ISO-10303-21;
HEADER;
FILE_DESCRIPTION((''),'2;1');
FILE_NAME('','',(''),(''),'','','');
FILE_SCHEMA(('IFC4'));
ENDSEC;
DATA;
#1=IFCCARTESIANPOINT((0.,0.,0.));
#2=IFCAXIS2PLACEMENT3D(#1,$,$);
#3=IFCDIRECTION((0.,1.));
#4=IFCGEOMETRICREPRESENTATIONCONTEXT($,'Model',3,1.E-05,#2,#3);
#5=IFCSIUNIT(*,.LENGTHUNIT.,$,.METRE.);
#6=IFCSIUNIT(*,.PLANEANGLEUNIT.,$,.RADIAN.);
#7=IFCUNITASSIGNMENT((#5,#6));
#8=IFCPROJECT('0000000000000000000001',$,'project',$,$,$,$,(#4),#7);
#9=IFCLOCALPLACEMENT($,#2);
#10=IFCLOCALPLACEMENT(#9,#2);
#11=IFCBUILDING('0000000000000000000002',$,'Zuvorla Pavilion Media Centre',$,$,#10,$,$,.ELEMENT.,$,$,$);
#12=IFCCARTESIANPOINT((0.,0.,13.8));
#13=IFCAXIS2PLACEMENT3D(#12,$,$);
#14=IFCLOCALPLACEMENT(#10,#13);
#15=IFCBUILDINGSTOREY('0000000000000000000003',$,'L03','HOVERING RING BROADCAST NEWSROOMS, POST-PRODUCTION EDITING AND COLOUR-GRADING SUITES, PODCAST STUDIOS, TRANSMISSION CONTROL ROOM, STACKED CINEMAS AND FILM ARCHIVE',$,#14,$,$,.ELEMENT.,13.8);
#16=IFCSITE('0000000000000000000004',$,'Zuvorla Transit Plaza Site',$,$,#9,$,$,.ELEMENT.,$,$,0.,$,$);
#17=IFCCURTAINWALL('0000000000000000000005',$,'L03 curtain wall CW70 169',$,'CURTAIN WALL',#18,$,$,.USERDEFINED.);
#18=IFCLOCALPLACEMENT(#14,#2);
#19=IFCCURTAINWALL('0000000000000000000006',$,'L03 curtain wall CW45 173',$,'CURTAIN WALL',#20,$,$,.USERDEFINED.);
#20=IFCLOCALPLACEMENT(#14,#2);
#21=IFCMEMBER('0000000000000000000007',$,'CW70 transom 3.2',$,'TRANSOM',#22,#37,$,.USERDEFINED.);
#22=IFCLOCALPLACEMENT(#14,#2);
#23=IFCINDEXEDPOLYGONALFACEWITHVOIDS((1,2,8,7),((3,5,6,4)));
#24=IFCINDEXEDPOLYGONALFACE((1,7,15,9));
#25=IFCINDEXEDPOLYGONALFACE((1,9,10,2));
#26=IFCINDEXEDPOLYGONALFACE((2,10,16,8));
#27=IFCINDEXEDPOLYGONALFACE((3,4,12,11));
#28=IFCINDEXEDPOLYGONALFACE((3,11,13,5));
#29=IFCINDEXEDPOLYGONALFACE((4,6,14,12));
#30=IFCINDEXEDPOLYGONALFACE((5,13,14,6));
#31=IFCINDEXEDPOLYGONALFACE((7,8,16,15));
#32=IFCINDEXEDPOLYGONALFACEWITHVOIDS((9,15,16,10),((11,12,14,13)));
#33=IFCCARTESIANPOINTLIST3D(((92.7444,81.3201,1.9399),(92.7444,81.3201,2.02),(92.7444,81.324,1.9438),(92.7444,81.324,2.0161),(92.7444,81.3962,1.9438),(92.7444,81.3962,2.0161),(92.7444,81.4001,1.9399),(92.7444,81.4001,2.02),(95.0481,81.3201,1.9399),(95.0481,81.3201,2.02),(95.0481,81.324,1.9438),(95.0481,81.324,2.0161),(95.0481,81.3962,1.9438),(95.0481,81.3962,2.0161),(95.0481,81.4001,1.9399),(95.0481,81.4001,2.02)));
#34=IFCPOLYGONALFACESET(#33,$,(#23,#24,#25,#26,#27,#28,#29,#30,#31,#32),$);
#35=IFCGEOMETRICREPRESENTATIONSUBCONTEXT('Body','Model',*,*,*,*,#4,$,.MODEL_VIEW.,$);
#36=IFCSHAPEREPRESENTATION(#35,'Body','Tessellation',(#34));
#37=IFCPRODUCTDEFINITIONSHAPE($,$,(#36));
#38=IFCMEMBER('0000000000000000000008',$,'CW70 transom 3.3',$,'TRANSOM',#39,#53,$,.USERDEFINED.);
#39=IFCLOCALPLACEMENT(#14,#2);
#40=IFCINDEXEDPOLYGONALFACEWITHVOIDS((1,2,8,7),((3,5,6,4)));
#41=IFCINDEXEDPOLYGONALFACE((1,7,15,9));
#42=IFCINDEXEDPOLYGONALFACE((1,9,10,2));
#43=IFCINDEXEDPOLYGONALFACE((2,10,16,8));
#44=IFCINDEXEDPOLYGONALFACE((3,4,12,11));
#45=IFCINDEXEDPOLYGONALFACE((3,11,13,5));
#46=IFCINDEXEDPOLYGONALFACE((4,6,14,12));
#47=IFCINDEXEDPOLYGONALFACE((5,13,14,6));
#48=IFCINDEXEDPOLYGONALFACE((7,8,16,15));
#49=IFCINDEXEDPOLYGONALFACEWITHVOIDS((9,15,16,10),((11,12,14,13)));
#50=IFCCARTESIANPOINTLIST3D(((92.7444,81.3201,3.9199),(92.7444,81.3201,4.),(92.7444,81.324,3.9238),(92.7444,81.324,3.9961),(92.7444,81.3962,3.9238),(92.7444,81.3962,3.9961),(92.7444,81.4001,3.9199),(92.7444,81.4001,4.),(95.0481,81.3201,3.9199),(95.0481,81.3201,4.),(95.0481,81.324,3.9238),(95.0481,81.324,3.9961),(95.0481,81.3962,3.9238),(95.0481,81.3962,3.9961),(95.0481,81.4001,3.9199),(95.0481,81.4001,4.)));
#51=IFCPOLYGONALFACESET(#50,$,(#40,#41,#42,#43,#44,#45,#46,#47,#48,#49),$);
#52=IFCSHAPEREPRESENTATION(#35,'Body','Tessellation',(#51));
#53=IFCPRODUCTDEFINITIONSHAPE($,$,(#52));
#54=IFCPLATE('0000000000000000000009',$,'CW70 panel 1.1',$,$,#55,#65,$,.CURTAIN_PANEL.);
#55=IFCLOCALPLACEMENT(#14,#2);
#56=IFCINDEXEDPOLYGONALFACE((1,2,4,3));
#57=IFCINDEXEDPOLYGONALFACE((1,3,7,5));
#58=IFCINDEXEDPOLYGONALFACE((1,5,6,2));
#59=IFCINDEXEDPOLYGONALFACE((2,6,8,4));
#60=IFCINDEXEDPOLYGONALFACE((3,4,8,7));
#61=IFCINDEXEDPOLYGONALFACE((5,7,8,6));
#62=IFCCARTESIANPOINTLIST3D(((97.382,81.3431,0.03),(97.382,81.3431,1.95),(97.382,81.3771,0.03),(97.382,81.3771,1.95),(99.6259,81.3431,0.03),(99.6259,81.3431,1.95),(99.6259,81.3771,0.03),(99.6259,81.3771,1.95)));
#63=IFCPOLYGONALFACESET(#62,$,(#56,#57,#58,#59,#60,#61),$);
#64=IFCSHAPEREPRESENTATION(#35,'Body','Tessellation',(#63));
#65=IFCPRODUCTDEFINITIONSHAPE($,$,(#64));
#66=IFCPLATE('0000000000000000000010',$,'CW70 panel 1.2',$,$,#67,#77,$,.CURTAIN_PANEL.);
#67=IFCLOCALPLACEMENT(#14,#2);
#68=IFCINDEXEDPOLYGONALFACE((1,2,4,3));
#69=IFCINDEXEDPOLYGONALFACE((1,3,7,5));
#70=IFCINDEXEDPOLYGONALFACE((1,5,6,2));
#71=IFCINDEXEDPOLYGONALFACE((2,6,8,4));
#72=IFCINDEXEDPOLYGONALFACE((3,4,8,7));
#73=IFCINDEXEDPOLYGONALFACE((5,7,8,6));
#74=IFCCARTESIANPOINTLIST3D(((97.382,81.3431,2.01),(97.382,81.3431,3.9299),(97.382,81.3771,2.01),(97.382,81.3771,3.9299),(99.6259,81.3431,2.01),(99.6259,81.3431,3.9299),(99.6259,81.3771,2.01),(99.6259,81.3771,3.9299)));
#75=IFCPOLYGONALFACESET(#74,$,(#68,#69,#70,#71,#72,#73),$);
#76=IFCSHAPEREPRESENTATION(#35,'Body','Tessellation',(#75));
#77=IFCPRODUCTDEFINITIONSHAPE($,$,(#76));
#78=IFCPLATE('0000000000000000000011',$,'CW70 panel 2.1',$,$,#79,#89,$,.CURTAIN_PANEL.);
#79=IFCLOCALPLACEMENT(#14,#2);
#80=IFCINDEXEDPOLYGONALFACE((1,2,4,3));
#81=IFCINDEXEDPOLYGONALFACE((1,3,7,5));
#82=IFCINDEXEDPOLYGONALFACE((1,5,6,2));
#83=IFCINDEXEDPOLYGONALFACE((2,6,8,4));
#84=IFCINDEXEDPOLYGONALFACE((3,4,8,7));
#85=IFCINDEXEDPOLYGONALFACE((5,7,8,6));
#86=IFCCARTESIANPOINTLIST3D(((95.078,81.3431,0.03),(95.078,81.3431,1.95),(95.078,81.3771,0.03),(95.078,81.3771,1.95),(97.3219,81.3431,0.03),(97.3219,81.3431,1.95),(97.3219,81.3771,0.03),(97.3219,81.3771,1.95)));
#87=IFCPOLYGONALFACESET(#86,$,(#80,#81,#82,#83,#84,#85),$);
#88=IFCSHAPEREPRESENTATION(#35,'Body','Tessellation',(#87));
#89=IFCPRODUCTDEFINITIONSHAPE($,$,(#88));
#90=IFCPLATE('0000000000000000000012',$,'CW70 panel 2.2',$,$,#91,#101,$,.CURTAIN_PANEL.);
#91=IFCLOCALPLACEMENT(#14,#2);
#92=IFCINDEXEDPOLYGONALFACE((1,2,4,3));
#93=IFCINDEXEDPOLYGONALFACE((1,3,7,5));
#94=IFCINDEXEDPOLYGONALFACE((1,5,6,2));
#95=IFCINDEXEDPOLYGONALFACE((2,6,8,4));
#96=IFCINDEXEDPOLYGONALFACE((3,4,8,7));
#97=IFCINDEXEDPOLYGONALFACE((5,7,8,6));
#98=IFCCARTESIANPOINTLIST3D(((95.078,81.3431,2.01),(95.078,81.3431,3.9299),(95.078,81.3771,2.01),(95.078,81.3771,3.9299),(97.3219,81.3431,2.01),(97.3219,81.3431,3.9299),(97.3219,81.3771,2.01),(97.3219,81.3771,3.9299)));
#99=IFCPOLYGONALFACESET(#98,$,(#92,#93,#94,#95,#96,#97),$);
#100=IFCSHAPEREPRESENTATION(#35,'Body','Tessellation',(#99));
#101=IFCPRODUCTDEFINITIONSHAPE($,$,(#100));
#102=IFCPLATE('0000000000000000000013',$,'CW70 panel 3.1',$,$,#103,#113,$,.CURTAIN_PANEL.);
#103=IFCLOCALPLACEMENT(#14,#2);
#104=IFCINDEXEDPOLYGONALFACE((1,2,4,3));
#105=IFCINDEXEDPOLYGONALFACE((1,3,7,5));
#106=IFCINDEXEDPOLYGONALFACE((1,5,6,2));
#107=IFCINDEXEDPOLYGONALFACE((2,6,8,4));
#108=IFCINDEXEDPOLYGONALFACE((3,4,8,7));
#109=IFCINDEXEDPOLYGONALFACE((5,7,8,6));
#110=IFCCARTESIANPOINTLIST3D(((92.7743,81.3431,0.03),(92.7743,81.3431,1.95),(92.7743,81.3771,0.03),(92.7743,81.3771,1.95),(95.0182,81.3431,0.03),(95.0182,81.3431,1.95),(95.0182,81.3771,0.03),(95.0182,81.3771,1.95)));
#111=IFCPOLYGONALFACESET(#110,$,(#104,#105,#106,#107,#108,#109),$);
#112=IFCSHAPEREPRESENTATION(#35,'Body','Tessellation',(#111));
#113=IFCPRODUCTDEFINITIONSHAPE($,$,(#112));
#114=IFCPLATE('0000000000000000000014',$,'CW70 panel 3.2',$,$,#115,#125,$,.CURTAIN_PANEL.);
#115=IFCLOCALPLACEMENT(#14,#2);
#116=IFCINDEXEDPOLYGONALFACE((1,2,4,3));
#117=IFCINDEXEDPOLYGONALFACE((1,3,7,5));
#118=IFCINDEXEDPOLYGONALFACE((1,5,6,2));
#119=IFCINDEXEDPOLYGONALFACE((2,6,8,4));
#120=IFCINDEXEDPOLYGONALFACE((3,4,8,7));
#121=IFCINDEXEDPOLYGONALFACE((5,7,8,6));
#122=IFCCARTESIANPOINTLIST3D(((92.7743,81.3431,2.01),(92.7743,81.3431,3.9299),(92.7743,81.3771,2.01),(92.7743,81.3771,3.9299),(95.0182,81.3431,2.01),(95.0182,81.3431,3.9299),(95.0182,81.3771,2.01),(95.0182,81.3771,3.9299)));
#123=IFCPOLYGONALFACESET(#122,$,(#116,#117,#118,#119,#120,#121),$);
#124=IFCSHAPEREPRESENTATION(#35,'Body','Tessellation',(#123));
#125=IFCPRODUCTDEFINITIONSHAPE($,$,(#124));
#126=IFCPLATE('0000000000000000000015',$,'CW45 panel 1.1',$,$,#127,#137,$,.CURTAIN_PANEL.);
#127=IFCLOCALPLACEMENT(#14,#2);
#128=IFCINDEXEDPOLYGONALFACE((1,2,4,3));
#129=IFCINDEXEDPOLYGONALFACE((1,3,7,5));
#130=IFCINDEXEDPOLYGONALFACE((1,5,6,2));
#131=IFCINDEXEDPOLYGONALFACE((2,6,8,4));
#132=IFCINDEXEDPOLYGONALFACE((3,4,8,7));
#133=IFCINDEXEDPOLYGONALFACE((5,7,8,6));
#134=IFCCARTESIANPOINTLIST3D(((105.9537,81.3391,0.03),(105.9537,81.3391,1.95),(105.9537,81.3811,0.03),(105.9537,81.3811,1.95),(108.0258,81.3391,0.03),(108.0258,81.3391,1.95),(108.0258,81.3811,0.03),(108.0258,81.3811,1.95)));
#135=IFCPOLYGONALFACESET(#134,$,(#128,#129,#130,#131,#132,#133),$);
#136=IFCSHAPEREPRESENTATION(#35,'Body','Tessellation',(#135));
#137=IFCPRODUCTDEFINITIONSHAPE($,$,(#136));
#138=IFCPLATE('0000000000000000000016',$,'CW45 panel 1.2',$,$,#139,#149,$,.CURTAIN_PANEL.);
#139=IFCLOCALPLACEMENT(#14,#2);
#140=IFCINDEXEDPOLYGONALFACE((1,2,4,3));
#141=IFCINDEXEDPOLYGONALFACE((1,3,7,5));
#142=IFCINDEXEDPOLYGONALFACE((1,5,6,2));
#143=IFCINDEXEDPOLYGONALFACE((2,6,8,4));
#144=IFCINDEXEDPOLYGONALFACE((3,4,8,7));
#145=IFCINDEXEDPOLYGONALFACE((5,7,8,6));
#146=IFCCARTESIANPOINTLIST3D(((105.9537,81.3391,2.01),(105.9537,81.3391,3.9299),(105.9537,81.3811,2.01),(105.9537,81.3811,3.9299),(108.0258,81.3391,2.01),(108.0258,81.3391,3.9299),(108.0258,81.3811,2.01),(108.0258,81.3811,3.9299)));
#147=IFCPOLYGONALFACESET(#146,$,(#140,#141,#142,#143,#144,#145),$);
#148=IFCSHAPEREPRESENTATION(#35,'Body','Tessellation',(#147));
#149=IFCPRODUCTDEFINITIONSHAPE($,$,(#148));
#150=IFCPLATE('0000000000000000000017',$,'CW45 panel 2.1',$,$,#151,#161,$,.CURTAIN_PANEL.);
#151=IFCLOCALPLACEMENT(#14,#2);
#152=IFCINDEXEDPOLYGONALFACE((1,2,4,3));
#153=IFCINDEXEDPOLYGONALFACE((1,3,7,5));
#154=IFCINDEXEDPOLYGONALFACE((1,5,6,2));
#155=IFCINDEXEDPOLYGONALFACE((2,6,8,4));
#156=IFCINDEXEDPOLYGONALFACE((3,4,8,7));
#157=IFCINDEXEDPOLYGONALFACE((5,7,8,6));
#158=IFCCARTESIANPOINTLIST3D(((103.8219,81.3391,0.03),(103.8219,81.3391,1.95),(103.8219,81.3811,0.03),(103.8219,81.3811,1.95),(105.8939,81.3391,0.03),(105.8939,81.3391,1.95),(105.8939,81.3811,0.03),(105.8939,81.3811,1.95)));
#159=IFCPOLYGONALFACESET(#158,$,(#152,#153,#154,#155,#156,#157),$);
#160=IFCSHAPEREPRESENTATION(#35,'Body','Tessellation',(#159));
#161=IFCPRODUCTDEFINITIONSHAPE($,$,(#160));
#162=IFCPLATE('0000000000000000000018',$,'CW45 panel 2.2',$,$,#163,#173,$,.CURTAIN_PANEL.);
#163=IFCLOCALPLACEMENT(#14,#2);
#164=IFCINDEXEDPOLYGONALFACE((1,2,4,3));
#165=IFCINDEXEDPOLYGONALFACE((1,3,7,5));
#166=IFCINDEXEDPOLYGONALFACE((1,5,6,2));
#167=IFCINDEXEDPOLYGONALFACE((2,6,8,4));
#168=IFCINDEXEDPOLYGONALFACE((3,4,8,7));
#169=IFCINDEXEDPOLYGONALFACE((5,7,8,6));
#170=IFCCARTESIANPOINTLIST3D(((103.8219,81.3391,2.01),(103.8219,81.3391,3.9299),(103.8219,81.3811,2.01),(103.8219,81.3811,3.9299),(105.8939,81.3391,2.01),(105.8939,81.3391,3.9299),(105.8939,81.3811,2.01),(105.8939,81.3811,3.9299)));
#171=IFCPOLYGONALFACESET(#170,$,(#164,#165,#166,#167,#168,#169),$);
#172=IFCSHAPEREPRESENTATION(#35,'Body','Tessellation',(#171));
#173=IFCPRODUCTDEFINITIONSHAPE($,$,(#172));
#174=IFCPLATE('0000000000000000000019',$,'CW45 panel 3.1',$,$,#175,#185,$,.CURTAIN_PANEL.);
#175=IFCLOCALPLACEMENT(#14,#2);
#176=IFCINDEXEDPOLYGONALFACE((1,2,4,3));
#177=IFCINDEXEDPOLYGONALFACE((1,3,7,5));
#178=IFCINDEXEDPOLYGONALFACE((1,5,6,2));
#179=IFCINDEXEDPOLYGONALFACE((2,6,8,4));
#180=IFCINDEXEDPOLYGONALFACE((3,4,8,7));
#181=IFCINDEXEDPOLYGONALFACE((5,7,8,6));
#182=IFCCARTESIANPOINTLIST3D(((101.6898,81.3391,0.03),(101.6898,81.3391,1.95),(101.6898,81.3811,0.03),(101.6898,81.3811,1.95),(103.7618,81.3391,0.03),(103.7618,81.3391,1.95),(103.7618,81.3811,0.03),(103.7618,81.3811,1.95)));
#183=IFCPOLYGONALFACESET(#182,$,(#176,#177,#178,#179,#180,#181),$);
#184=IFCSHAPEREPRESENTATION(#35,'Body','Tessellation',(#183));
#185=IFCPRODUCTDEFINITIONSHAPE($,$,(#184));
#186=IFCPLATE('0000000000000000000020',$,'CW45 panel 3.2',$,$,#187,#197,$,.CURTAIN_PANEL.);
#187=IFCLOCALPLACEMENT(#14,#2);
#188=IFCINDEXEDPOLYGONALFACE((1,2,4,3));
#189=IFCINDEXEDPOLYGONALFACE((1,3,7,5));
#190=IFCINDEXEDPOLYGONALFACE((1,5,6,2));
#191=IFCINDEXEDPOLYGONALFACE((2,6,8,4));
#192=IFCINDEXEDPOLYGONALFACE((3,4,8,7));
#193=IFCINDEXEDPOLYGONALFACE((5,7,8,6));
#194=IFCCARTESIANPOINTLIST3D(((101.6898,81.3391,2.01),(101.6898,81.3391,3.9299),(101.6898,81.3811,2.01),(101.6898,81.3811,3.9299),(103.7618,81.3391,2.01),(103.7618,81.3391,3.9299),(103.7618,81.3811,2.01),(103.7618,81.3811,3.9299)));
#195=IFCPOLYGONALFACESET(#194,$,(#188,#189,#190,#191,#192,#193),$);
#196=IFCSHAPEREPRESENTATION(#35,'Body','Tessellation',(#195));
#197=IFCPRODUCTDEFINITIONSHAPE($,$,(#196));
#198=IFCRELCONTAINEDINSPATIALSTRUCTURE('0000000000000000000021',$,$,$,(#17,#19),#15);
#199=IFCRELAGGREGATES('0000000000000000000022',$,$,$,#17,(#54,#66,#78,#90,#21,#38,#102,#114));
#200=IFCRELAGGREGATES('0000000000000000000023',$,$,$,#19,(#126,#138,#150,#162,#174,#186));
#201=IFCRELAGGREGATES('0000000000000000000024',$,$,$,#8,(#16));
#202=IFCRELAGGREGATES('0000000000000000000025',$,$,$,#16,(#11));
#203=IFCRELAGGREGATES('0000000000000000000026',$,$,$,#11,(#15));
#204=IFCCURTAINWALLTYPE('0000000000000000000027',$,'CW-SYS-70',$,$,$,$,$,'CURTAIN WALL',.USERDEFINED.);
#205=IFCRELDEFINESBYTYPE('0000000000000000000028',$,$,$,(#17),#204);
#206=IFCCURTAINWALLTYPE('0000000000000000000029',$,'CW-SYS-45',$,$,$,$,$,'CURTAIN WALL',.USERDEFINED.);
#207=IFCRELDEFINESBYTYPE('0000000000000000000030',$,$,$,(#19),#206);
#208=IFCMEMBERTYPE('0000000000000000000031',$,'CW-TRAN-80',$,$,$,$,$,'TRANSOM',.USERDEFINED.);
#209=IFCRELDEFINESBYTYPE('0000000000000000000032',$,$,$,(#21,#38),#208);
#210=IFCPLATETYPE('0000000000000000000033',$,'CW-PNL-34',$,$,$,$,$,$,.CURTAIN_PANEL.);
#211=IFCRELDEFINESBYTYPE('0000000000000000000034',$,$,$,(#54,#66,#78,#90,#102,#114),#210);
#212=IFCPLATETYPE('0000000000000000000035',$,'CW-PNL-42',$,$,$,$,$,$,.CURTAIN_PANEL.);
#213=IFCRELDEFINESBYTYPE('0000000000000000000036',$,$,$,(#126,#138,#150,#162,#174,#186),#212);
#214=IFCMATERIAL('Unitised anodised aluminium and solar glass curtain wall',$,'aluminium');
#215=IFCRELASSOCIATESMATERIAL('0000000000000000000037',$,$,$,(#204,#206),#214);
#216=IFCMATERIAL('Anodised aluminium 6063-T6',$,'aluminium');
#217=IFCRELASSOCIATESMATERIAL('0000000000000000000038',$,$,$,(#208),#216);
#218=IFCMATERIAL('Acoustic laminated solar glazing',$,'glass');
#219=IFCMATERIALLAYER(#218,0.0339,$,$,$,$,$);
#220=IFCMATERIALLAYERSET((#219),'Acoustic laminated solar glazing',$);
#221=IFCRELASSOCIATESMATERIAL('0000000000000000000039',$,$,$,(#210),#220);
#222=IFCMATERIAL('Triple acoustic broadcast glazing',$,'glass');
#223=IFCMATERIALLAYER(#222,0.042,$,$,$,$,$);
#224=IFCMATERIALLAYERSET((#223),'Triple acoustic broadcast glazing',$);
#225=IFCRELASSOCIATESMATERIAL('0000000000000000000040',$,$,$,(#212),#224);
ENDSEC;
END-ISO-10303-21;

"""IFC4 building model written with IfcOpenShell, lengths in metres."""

from ifc_helpers import new_model, si_unit, direction, frame, origin, origin_2d, place, context, subcontext, project, spatial, rectangle, hollow_rectangle, extrude, material, layer, layer_set, material_profile, profile_set, type_object, element, aggregate, save


model = new_model("IFC4")

# Units and contexts
model_context = context("Model", 3, precision=1e-05, world=origin(), true_north=direction((0.0, 1.0)))
body_context = subcontext(model_context, "Body", "Model", "MODEL_VIEW")
ifc_project = project(units=[si_unit("LENGTHUNIT", "METRE"), si_unit("PLANEANGLEUNIT", "RADIAN")], contexts=[model_context])

# Site, building, storey
site_placement = place(None, origin())
site = spatial("IfcSite", under=ifc_project, at=site_placement, Name="Zuvorla Transit Plaza Site", CompositionType="ELEMENT", RefElevation=0.0)
building_placement = place(site_placement, origin())
building = spatial("IfcBuilding", under=site, at=building_placement, Name="Zuvorla Pavilion Media Centre", CompositionType="ELEMENT")
storey_placement = place(building_placement, frame((0.0, 0.0, 13.8)))
storey = spatial("IfcBuildingStorey", under=building, at=storey_placement, Name="L03", Description="HOVERING RING BROADCAST NEWSROOMS, POST-PRODUCTION EDITING AND COLOUR-GRADING SUITES, PODCAST STUDIOS, TRANSMISSION CONTROL ROOM, STACKED CINEMAS AND FILM ARCHIVE", CompositionType="ELEMENT", Elevation=13.8)

# Curtain walls
ifc_material_1 = material(Name="Unitised anodised aluminium and solar glass curtain wall", Category="aluminium")
curtain_wall_type_1 = type_object("IfcCurtainWallType", Name="CW-SYS-70", ElementType="CURTAIN WALL", PredefinedType="USERDEFINED", material=ifc_material_1)
curtain_wall_1_placement = place(storey_placement, origin())
curtain_wall_1 = element("IfcCurtainWall", 1, at=curtain_wall_1_placement, inside=storey, type_object=curtain_wall_type_1, Name="L03 curtain wall CW70 169", ObjectType="CURTAIN WALL", PredefinedType="USERDEFINED")
ifc_material_2 = material(Name="Anodised aluminium 6063-T6", Category="aluminium")
curtain_wall_type_2 = type_object("IfcCurtainWallType", Name="CW-SYS-45", ElementType="CURTAIN WALL", PredefinedType="USERDEFINED", material=ifc_material_1)
curtain_wall_2_placement = place(storey_placement, origin())
curtain_wall_2 = element("IfcCurtainWall", 2, at=curtain_wall_2_placement, inside=storey, type_object=curtain_wall_type_2, Name="L03 curtain wall CW45 173", ObjectType="CURTAIN WALL", PredefinedType="USERDEFINED")

# Members
ifc_material_profile_1 = material_profile(ifc_material_2, hollow_rectangle(XDim=0.0801, YDim=0.0801, WallThickness=0.0039, at=origin_2d()), Name="ALU TRAN 80x80")
ifc_profile_set_1 = profile_set([ifc_material_profile_1], Name="Anodised aluminium 6063-T6")
member_type_1 = type_object("IfcMemberType", Name="CW-TRAN-80", ElementType="TRANSOM", PredefinedType="USERDEFINED", material=ifc_profile_set_1)
member_1_placement = place(storey_placement, frame((95.0481, 81.3601, 1.98), z_axis=(-1.0, 0.0, 0.0), x_axis=(0.0, -1.0, 0.0)))
member_1 = element("IfcMember", 3, at=member_1_placement, type_object=member_type_1, Name="CW70 transom 3.2", ObjectType="TRANSOM", PredefinedType="USERDEFINED", context=body_context, shape_type="SweptSolid", body=[
    extrude(hollow_rectangle(XDim=0.0801, YDim=0.0801, WallThickness=0.0039, at=origin_2d()), origin(), (0.0, 0.0, 1.0), 2.3037),
])
member_2_placement = place(storey_placement, frame((95.0481, 81.3601, 3.96), z_axis=(-1.0, 0.0, 0.0), x_axis=(0.0, -1.0, 0.0)))
member_2 = element("IfcMember", 4, at=member_2_placement, type_object=member_type_1, Name="CW70 transom 3.3", ObjectType="TRANSOM", PredefinedType="USERDEFINED", context=body_context, shape_type="SweptSolid", body=[
    extrude(hollow_rectangle(XDim=0.0801, YDim=0.0801, WallThickness=0.0039, at=origin_2d()), origin(), (0.0, 0.0, 1.0), 2.3037),
])

# Plates
ifc_material_3 = material(Name="Acoustic laminated solar glazing", Category="glass")
ifc_layer_1 = layer(ifc_material_3, 0.0339)
ifc_layer_set_1 = layer_set([ifc_layer_1], Name="Acoustic laminated solar glazing")
plate_type_1 = type_object("IfcPlateType", Name="CW-PNL-34", PredefinedType="CURTAIN_PANEL", material=ifc_layer_set_1)
plate_1_placement = place(storey_placement, frame((98.5039, 81.3601, 0.03), z_axis=(0.0, 0.0, 1.0), x_axis=(-1.0, 0.0, 0.0)))
plate_1 = element("IfcPlate", 5, at=plate_1_placement, type_object=plate_type_1, Name="CW70 panel 1.1", PredefinedType="CURTAIN_PANEL", context=body_context, shape_type="SweptSolid", body=[
    extrude(rectangle(XDim=2.2439, YDim=0.0339, at=origin_2d()), origin(), (0.0, 0.0, 1.0), 1.9199),
])
plate_2_placement = place(storey_placement, frame((98.5039, 81.3601, 2.01), z_axis=(0.0, 0.0, 1.0), x_axis=(-1.0, 0.0, 0.0)))
plate_2 = element("IfcPlate", 6, at=plate_2_placement, type_object=plate_type_1, Name="CW70 panel 1.2", PredefinedType="CURTAIN_PANEL", context=body_context, shape_type="SweptSolid", body=[
    extrude(rectangle(XDim=2.2439, YDim=0.0339, at=origin_2d()), origin(), (0.0, 0.0, 1.0), 1.9199),
])
plate_3_placement = place(storey_placement, frame((96.2, 81.3601, 0.03), z_axis=(0.0, 0.0, 1.0), x_axis=(-1.0, 0.0, 0.0)))
plate_3 = element("IfcPlate", 7, at=plate_3_placement, type_object=plate_type_1, Name="CW70 panel 2.1", PredefinedType="CURTAIN_PANEL", context=body_context, shape_type="SweptSolid", body=[
    extrude(rectangle(XDim=2.2439, YDim=0.0339, at=origin_2d()), origin(), (0.0, 0.0, 1.0), 1.9199),
])
plate_4_placement = place(storey_placement, frame((96.2, 81.3601, 2.01), z_axis=(0.0, 0.0, 1.0), x_axis=(-1.0, 0.0, 0.0)))
plate_4 = element("IfcPlate", 8, at=plate_4_placement, type_object=plate_type_1, Name="CW70 panel 2.2", PredefinedType="CURTAIN_PANEL", context=body_context, shape_type="SweptSolid", body=[
    extrude(rectangle(XDim=2.2439, YDim=0.0339, at=origin_2d()), origin(), (0.0, 0.0, 1.0), 1.9199),
])
plate_5_placement = place(storey_placement, frame((93.8962, 81.3601, 0.03), z_axis=(0.0, 0.0, 1.0), x_axis=(-1.0, 0.0, 0.0)))
plate_5 = element("IfcPlate", 9, at=plate_5_placement, type_object=plate_type_1, Name="CW70 panel 3.1", PredefinedType="CURTAIN_PANEL", context=body_context, shape_type="SweptSolid", body=[
    extrude(rectangle(XDim=2.2439, YDim=0.0339, at=origin_2d()), origin(), (0.0, 0.0, 1.0), 1.9199),
])
plate_6_placement = place(storey_placement, frame((93.8962, 81.3601, 2.01), z_axis=(0.0, 0.0, 1.0), x_axis=(-1.0, 0.0, 0.0)))
plate_6 = element("IfcPlate", 10, at=plate_6_placement, type_object=plate_type_1, Name="CW70 panel 3.2", PredefinedType="CURTAIN_PANEL", context=body_context, shape_type="SweptSolid", body=[
    extrude(rectangle(XDim=2.2439, YDim=0.0339, at=origin_2d()), origin(), (0.0, 0.0, 1.0), 1.9199),
])
aggregate(curtain_wall_1, [plate_1, plate_2, plate_3, plate_4, member_1, member_2, plate_5, plate_6])
ifc_material_4 = material(Name="Triple acoustic broadcast glazing", Category="glass")
ifc_layer_2 = layer(ifc_material_4, 0.042)
ifc_layer_set_2 = layer_set([ifc_layer_2], Name="Triple acoustic broadcast glazing")
plate_type_2 = type_object("IfcPlateType", Name="CW-PNL-42", PredefinedType="CURTAIN_PANEL", material=ifc_layer_set_2)
plate_7_placement = place(storey_placement, frame((106.9897, 81.3601, 0.03), z_axis=(0.0, 0.0, 1.0), x_axis=(-1.0, 0.0, 0.0)))
plate_7 = element("IfcPlate", 11, at=plate_7_placement, type_object=plate_type_2, Name="CW45 panel 1.1", PredefinedType="CURTAIN_PANEL", context=body_context, shape_type="SweptSolid", body=[
    extrude(rectangle(XDim=2.072, YDim=0.042, at=origin_2d()), origin(), (0.0, 0.0, 1.0), 1.9199),
])
plate_8_placement = place(storey_placement, frame((106.9897, 81.3601, 2.01), z_axis=(0.0, 0.0, 1.0), x_axis=(-1.0, 0.0, 0.0)))
plate_8 = element("IfcPlate", 12, at=plate_8_placement, type_object=plate_type_2, Name="CW45 panel 1.2", PredefinedType="CURTAIN_PANEL", context=body_context, shape_type="SweptSolid", body=[
    extrude(rectangle(XDim=2.072, YDim=0.042, at=origin_2d()), origin(), (0.0, 0.0, 1.0), 1.9199),
])
plate_9_placement = place(storey_placement, frame((104.8579, 81.3601, 0.03), z_axis=(0.0, 0.0, 1.0), x_axis=(-1.0, 0.0, 0.0)))
plate_9 = element("IfcPlate", 13, at=plate_9_placement, type_object=plate_type_2, Name="CW45 panel 2.1", PredefinedType="CURTAIN_PANEL", context=body_context, shape_type="SweptSolid", body=[
    extrude(rectangle(XDim=2.072, YDim=0.042, at=origin_2d()), origin(), (0.0, 0.0, 1.0), 1.9199),
])
plate_10_placement = place(storey_placement, frame((104.8579, 81.3601, 2.01), z_axis=(0.0, 0.0, 1.0), x_axis=(-1.0, 0.0, 0.0)))
plate_10 = element("IfcPlate", 14, at=plate_10_placement, type_object=plate_type_2, Name="CW45 panel 2.2", PredefinedType="CURTAIN_PANEL", context=body_context, shape_type="SweptSolid", body=[
    extrude(rectangle(XDim=2.072, YDim=0.042, at=origin_2d()), origin(), (0.0, 0.0, 1.0), 1.9199),
])
plate_11_placement = place(storey_placement, frame((102.7258, 81.3601, 0.03), z_axis=(0.0, 0.0, 1.0), x_axis=(-1.0, 0.0, 0.0)))
plate_11 = element("IfcPlate", 15, at=plate_11_placement, type_object=plate_type_2, Name="CW45 panel 3.1", PredefinedType="CURTAIN_PANEL", context=body_context, shape_type="SweptSolid", body=[
    extrude(rectangle(XDim=2.072, YDim=0.042, at=origin_2d()), origin(), (0.0, 0.0, 1.0), 1.9199),
])
plate_12_placement = place(storey_placement, frame((102.7258, 81.3601, 2.01), z_axis=(0.0, 0.0, 1.0), x_axis=(-1.0, 0.0, 0.0)))
plate_12 = element("IfcPlate", 16, at=plate_12_placement, type_object=plate_type_2, Name="CW45 panel 3.2", PredefinedType="CURTAIN_PANEL", context=body_context, shape_type="SweptSolid", body=[
    extrude(rectangle(XDim=2.072, YDim=0.042, at=origin_2d()), origin(), (0.0, 0.0, 1.0), 1.9199),
])
aggregate(curtain_wall_2, [plate_7, plate_8, plate_9, plate_10, plate_11, plate_12])

save(model, "model.ifc")
